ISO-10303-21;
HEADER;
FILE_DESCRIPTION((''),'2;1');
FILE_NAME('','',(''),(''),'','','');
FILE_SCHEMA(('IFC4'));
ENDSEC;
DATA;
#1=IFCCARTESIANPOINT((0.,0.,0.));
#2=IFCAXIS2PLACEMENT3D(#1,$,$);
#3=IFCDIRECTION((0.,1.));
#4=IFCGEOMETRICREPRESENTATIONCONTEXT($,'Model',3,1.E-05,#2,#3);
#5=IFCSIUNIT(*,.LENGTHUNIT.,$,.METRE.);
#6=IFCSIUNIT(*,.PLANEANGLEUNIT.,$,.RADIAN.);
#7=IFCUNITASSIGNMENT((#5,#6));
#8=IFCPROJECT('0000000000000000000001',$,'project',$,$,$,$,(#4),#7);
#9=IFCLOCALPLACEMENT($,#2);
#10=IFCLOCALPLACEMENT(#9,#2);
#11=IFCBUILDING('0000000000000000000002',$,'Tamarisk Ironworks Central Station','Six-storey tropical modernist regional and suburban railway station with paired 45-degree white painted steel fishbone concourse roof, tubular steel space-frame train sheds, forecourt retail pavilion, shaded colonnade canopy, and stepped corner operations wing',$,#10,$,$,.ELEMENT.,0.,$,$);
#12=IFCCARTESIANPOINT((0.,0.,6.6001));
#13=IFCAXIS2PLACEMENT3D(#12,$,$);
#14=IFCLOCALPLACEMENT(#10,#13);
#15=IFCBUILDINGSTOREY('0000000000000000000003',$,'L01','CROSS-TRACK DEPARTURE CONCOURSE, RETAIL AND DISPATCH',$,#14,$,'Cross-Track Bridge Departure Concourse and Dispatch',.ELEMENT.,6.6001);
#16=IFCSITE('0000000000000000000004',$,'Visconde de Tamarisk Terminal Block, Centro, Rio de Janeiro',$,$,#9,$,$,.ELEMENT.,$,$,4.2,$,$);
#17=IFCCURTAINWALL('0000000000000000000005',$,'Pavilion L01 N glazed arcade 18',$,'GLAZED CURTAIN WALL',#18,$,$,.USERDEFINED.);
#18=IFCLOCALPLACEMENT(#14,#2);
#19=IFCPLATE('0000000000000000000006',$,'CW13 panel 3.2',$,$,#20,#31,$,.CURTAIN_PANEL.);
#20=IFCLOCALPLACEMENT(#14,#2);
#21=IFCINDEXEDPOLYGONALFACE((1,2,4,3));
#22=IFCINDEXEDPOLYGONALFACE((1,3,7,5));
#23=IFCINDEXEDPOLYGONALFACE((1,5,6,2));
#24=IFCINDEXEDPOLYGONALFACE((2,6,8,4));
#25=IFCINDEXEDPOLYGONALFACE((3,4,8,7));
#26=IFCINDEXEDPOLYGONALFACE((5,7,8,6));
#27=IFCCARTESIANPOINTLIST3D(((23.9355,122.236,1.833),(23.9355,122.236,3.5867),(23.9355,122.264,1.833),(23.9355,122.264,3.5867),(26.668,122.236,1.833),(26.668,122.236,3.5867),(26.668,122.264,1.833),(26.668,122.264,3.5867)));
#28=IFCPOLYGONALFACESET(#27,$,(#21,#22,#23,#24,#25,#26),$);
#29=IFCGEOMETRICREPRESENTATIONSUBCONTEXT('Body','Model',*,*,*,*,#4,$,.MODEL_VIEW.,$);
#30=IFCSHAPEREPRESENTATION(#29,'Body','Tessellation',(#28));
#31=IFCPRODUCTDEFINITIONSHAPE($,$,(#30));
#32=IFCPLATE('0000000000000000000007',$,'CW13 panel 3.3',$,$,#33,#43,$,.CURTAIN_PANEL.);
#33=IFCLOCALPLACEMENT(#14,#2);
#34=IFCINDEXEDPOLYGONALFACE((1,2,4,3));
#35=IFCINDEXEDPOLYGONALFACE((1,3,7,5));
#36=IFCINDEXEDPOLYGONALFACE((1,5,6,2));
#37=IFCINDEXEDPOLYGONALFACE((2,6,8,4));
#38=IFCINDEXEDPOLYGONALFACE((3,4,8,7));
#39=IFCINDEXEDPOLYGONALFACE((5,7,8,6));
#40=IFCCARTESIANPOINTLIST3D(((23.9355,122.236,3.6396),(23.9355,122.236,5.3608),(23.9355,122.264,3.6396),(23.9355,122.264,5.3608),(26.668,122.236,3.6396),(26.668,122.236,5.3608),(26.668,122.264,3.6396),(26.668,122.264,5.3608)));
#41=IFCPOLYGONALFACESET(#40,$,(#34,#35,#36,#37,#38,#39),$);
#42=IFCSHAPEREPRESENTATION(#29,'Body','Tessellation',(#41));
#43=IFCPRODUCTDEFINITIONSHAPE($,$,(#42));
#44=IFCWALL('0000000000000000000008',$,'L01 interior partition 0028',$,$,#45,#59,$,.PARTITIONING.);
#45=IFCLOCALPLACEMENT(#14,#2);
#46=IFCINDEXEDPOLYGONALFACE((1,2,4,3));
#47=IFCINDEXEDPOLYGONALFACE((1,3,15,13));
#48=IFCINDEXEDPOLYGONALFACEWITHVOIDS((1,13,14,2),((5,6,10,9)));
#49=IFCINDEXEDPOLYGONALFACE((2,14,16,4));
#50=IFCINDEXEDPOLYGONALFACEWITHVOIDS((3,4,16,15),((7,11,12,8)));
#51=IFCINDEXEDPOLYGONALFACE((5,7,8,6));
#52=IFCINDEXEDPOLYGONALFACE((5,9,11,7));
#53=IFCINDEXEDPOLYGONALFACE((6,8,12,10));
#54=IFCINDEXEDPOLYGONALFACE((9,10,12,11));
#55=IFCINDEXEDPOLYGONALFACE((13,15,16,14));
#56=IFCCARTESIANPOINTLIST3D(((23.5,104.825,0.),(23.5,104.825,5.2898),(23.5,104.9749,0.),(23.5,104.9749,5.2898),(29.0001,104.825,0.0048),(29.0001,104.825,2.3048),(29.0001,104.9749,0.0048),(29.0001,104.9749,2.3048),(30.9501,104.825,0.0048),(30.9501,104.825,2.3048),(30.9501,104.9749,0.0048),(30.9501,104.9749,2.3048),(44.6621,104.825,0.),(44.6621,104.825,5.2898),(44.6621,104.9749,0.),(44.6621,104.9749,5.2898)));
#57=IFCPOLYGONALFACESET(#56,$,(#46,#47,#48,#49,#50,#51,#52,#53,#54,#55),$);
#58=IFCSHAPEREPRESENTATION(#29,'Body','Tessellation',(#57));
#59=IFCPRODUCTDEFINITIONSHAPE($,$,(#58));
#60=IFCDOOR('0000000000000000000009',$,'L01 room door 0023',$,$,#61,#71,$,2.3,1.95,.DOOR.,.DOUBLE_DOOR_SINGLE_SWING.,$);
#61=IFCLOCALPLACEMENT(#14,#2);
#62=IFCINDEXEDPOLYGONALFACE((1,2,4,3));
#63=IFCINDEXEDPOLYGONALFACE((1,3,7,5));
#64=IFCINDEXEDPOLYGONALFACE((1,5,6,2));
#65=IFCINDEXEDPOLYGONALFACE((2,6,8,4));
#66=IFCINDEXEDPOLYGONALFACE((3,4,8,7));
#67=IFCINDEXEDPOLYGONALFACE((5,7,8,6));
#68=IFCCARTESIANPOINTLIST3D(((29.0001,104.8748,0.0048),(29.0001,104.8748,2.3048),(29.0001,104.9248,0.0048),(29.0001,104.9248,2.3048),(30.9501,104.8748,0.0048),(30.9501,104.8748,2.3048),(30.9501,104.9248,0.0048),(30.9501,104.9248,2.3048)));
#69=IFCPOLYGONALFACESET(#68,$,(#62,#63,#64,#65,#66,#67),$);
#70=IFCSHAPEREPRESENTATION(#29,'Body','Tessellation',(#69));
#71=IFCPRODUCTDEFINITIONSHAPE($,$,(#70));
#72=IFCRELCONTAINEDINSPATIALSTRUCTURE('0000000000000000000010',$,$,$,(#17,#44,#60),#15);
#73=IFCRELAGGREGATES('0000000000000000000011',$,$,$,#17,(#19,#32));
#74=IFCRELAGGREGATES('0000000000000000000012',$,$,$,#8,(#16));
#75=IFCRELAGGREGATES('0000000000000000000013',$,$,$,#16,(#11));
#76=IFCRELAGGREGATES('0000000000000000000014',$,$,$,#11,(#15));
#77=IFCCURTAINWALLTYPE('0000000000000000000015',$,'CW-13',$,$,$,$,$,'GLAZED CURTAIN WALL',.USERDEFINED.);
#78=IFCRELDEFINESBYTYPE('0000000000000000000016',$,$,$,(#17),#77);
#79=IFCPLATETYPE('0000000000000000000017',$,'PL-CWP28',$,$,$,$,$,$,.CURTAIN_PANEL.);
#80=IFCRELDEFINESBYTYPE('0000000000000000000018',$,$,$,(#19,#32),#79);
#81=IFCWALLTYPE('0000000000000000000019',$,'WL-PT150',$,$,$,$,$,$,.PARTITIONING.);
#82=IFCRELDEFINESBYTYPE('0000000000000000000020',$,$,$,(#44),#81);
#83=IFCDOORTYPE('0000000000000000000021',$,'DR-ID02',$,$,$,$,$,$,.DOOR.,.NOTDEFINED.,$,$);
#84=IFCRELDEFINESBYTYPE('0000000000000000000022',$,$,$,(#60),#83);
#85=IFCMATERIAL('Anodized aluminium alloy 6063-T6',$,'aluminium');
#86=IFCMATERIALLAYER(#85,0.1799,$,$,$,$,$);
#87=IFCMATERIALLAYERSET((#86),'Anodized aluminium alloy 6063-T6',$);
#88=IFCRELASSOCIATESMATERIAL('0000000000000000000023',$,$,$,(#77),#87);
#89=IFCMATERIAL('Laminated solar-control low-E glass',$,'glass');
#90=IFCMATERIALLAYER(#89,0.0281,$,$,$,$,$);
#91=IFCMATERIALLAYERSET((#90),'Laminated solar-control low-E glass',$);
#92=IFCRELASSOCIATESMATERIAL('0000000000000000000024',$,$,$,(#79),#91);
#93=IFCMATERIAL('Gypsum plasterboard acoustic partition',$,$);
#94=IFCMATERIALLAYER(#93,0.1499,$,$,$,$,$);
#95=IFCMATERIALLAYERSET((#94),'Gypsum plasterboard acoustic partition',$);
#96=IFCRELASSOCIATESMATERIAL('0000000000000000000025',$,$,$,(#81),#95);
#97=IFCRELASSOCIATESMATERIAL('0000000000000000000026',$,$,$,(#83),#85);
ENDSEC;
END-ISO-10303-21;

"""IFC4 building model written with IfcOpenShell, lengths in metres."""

from ifc_helpers import new_model, si_unit, direction, frame, frame_2d, origin, origin_2d, place, context, subcontext, project, spatial, rectangle, extrude, material, layer, layer_set, type_object, element, fill, aggregate, save


model = new_model("IFC4")

# Units and contexts
model_context = context("Model", 3, precision=1e-05, world=origin(), true_north=direction((0.0, 1.0)))
body_context = subcontext(model_context, "Body", "Model", "MODEL_VIEW")
ifc_project = project(units=[si_unit("LENGTHUNIT", "METRE"), si_unit("PLANEANGLEUNIT", "RADIAN")], contexts=[model_context])

# Site, building, storey
site_placement = place(None, origin())
site = spatial("IfcSite", under=ifc_project, at=site_placement, Name="Visconde de Tamarisk Terminal Block, Centro, Rio de Janeiro", CompositionType="ELEMENT", RefElevation=4.2)
building_placement = place(site_placement, origin())
building = spatial("IfcBuilding", under=site, at=building_placement, Name="Tamarisk Ironworks Central Station", Description="Six-storey tropical modernist regional and suburban railway station with paired 45-degree white painted steel fishbone concourse roof, tubular steel space-frame train sheds, forecourt retail pavilion, shaded colonnade canopy, and stepped corner operations wing", CompositionType="ELEMENT", ElevationOfRefHeight=0.0)
storey_placement = place(building_placement, frame((0.0, 0.0, 6.6001)))
storey = spatial("IfcBuildingStorey", under=building, at=storey_placement, Name="L01", Description="CROSS-TRACK DEPARTURE CONCOURSE, RETAIL AND DISPATCH", LongName="Cross-Track Bridge Departure Concourse and Dispatch", CompositionType="ELEMENT", Elevation=6.6001)

# Curtain wall, plates
ifc_material_1 = material(Name="Anodized aluminium alloy 6063-T6", Category="aluminium")
ifc_layer_1 = layer(ifc_material_1, 0.1799)
ifc_layer_set_1 = layer_set([ifc_layer_1], Name="Anodized aluminium alloy 6063-T6")
curtain_wall_type = type_object("IfcCurtainWallType", Name="CW-13", ElementType="GLAZED CURTAIN WALL", PredefinedType="USERDEFINED", material=ifc_layer_set_1)
curtain_wall_placement = place(storey_placement, origin())
curtain_wall = element("IfcCurtainWall", 1, at=curtain_wall_placement, inside=storey, type_object=curtain_wall_type, Name="Pavilion L01 N glazed arcade 18", ObjectType="GLAZED CURTAIN WALL", PredefinedType="USERDEFINED")
ifc_material_2 = material(Name="Laminated solar-control low-E glass", Category="glass")
ifc_layer_2 = layer(ifc_material_2, 0.0281)
ifc_layer_set_2 = layer_set([ifc_layer_2], Name="Laminated solar-control low-E glass")
plate_type = type_object("IfcPlateType", Name="PL-CWP28", PredefinedType="CURTAIN_PANEL", material=ifc_layer_set_2)
plate_1_placement = place(storey_placement, frame((25.3018, 122.25, 1.833), z_axis=(0.0, 0.0, 1.0), x_axis=(1.0, 0.0, 0.0)))
plate_1 = element("IfcPlate", 2, at=plate_1_placement, type_object=plate_type, Name="CW13 panel 3.2", PredefinedType="CURTAIN_PANEL", context=body_context, shape_type="SweptSolid", body=[
    extrude(rectangle(XDim=2.7324, YDim=0.0281, at=origin_2d()), origin(), (0.0, 0.0, 1.0), 1.7537),
])
plate_2_placement = place(storey_placement, frame((25.3018, 122.25, 3.6396), z_axis=(0.0, 0.0, 1.0), x_axis=(1.0, 0.0, 0.0)))
plate_2 = element("IfcPlate", 3, at=plate_2_placement, type_object=plate_type, Name="CW13 panel 3.3", PredefinedType="CURTAIN_PANEL", context=body_context, shape_type="SweptSolid", body=[
    extrude(rectangle(XDim=2.7324, YDim=0.0281, at=origin_2d()), origin(), (0.0, 0.0, 1.0), 1.7212),
])
aggregate(curtain_wall, [plate_1, plate_2])

# Wall, opening, door
ifc_material_3 = material(Name="Gypsum plasterboard acoustic partition")
ifc_layer_3 = layer(ifc_material_3, 0.1499)
ifc_layer_set_3 = layer_set([ifc_layer_3], Name="Gypsum plasterboard acoustic partition")
wall_type = type_object("IfcWallType", Name="WL-PT150", PredefinedType="PARTITIONING", material=ifc_layer_set_3)
wall_placement = place(storey_placement, frame((23.5, 104.8999, 0.0), z_axis=(0.0, 0.0, 1.0), x_axis=(1.0, 0.0, 0.0)))
wall = element("IfcWall", 4, at=wall_placement, inside=storey, type_object=wall_type, Name="L01 interior partition 0028", PredefinedType="PARTITIONING", context=body_context, shape_type="SweptSolid", body=[
    extrude(rectangle(XDim=21.1621, YDim=0.1499, at=frame_2d((10.5811, 0.0))), origin(), (0.0, 0.0, 1.0), 5.2898),
])
opening_placement = place(wall_placement, frame((5.5, 0.0, 0.0049)))
opening = element("IfcOpeningElement", 5, at=opening_placement, cuts=wall, PredefinedType="OPENING", context=body_context, shape_type="SweptSolid", body=[
    extrude(rectangle(XDim=1.95, YDim=2.3, at=frame_2d((0.9751, 1.1499))), frame((0.0, 0.0869, 0.0), z_axis=(0.0, -1.0, 0.0), x_axis=(1.0, 0.0, 0.0)), (0.0, 0.0, 1.0), 0.1738),
])
door_type = type_object("IfcDoorType", Name="DR-ID02", OperationType="NOTDEFINED", PredefinedType="DOOR", material=ifc_material_1)
door_placement = place(opening_placement, origin())
door = element("IfcDoor", 6, at=door_placement, inside=storey, type_object=door_type, Name="L01 room door 0023", OperationType="DOUBLE_DOOR_SINGLE_SWING", OverallHeight=2.3, OverallWidth=1.95, PredefinedType="DOOR", context=body_context, shape_type="SweptSolid", body=[
    extrude(rectangle(XDim=1.95, YDim=2.3, at=frame_2d((0.9751, 1.1499))), frame((0.0, 0.0249, 0.0), z_axis=(0.0, -1.0, 0.0), x_axis=(1.0, 0.0, 0.0)), (0.0, 0.0, 1.0), 0.05),
])
fill(opening, door)

save(model, "model.ifc")
